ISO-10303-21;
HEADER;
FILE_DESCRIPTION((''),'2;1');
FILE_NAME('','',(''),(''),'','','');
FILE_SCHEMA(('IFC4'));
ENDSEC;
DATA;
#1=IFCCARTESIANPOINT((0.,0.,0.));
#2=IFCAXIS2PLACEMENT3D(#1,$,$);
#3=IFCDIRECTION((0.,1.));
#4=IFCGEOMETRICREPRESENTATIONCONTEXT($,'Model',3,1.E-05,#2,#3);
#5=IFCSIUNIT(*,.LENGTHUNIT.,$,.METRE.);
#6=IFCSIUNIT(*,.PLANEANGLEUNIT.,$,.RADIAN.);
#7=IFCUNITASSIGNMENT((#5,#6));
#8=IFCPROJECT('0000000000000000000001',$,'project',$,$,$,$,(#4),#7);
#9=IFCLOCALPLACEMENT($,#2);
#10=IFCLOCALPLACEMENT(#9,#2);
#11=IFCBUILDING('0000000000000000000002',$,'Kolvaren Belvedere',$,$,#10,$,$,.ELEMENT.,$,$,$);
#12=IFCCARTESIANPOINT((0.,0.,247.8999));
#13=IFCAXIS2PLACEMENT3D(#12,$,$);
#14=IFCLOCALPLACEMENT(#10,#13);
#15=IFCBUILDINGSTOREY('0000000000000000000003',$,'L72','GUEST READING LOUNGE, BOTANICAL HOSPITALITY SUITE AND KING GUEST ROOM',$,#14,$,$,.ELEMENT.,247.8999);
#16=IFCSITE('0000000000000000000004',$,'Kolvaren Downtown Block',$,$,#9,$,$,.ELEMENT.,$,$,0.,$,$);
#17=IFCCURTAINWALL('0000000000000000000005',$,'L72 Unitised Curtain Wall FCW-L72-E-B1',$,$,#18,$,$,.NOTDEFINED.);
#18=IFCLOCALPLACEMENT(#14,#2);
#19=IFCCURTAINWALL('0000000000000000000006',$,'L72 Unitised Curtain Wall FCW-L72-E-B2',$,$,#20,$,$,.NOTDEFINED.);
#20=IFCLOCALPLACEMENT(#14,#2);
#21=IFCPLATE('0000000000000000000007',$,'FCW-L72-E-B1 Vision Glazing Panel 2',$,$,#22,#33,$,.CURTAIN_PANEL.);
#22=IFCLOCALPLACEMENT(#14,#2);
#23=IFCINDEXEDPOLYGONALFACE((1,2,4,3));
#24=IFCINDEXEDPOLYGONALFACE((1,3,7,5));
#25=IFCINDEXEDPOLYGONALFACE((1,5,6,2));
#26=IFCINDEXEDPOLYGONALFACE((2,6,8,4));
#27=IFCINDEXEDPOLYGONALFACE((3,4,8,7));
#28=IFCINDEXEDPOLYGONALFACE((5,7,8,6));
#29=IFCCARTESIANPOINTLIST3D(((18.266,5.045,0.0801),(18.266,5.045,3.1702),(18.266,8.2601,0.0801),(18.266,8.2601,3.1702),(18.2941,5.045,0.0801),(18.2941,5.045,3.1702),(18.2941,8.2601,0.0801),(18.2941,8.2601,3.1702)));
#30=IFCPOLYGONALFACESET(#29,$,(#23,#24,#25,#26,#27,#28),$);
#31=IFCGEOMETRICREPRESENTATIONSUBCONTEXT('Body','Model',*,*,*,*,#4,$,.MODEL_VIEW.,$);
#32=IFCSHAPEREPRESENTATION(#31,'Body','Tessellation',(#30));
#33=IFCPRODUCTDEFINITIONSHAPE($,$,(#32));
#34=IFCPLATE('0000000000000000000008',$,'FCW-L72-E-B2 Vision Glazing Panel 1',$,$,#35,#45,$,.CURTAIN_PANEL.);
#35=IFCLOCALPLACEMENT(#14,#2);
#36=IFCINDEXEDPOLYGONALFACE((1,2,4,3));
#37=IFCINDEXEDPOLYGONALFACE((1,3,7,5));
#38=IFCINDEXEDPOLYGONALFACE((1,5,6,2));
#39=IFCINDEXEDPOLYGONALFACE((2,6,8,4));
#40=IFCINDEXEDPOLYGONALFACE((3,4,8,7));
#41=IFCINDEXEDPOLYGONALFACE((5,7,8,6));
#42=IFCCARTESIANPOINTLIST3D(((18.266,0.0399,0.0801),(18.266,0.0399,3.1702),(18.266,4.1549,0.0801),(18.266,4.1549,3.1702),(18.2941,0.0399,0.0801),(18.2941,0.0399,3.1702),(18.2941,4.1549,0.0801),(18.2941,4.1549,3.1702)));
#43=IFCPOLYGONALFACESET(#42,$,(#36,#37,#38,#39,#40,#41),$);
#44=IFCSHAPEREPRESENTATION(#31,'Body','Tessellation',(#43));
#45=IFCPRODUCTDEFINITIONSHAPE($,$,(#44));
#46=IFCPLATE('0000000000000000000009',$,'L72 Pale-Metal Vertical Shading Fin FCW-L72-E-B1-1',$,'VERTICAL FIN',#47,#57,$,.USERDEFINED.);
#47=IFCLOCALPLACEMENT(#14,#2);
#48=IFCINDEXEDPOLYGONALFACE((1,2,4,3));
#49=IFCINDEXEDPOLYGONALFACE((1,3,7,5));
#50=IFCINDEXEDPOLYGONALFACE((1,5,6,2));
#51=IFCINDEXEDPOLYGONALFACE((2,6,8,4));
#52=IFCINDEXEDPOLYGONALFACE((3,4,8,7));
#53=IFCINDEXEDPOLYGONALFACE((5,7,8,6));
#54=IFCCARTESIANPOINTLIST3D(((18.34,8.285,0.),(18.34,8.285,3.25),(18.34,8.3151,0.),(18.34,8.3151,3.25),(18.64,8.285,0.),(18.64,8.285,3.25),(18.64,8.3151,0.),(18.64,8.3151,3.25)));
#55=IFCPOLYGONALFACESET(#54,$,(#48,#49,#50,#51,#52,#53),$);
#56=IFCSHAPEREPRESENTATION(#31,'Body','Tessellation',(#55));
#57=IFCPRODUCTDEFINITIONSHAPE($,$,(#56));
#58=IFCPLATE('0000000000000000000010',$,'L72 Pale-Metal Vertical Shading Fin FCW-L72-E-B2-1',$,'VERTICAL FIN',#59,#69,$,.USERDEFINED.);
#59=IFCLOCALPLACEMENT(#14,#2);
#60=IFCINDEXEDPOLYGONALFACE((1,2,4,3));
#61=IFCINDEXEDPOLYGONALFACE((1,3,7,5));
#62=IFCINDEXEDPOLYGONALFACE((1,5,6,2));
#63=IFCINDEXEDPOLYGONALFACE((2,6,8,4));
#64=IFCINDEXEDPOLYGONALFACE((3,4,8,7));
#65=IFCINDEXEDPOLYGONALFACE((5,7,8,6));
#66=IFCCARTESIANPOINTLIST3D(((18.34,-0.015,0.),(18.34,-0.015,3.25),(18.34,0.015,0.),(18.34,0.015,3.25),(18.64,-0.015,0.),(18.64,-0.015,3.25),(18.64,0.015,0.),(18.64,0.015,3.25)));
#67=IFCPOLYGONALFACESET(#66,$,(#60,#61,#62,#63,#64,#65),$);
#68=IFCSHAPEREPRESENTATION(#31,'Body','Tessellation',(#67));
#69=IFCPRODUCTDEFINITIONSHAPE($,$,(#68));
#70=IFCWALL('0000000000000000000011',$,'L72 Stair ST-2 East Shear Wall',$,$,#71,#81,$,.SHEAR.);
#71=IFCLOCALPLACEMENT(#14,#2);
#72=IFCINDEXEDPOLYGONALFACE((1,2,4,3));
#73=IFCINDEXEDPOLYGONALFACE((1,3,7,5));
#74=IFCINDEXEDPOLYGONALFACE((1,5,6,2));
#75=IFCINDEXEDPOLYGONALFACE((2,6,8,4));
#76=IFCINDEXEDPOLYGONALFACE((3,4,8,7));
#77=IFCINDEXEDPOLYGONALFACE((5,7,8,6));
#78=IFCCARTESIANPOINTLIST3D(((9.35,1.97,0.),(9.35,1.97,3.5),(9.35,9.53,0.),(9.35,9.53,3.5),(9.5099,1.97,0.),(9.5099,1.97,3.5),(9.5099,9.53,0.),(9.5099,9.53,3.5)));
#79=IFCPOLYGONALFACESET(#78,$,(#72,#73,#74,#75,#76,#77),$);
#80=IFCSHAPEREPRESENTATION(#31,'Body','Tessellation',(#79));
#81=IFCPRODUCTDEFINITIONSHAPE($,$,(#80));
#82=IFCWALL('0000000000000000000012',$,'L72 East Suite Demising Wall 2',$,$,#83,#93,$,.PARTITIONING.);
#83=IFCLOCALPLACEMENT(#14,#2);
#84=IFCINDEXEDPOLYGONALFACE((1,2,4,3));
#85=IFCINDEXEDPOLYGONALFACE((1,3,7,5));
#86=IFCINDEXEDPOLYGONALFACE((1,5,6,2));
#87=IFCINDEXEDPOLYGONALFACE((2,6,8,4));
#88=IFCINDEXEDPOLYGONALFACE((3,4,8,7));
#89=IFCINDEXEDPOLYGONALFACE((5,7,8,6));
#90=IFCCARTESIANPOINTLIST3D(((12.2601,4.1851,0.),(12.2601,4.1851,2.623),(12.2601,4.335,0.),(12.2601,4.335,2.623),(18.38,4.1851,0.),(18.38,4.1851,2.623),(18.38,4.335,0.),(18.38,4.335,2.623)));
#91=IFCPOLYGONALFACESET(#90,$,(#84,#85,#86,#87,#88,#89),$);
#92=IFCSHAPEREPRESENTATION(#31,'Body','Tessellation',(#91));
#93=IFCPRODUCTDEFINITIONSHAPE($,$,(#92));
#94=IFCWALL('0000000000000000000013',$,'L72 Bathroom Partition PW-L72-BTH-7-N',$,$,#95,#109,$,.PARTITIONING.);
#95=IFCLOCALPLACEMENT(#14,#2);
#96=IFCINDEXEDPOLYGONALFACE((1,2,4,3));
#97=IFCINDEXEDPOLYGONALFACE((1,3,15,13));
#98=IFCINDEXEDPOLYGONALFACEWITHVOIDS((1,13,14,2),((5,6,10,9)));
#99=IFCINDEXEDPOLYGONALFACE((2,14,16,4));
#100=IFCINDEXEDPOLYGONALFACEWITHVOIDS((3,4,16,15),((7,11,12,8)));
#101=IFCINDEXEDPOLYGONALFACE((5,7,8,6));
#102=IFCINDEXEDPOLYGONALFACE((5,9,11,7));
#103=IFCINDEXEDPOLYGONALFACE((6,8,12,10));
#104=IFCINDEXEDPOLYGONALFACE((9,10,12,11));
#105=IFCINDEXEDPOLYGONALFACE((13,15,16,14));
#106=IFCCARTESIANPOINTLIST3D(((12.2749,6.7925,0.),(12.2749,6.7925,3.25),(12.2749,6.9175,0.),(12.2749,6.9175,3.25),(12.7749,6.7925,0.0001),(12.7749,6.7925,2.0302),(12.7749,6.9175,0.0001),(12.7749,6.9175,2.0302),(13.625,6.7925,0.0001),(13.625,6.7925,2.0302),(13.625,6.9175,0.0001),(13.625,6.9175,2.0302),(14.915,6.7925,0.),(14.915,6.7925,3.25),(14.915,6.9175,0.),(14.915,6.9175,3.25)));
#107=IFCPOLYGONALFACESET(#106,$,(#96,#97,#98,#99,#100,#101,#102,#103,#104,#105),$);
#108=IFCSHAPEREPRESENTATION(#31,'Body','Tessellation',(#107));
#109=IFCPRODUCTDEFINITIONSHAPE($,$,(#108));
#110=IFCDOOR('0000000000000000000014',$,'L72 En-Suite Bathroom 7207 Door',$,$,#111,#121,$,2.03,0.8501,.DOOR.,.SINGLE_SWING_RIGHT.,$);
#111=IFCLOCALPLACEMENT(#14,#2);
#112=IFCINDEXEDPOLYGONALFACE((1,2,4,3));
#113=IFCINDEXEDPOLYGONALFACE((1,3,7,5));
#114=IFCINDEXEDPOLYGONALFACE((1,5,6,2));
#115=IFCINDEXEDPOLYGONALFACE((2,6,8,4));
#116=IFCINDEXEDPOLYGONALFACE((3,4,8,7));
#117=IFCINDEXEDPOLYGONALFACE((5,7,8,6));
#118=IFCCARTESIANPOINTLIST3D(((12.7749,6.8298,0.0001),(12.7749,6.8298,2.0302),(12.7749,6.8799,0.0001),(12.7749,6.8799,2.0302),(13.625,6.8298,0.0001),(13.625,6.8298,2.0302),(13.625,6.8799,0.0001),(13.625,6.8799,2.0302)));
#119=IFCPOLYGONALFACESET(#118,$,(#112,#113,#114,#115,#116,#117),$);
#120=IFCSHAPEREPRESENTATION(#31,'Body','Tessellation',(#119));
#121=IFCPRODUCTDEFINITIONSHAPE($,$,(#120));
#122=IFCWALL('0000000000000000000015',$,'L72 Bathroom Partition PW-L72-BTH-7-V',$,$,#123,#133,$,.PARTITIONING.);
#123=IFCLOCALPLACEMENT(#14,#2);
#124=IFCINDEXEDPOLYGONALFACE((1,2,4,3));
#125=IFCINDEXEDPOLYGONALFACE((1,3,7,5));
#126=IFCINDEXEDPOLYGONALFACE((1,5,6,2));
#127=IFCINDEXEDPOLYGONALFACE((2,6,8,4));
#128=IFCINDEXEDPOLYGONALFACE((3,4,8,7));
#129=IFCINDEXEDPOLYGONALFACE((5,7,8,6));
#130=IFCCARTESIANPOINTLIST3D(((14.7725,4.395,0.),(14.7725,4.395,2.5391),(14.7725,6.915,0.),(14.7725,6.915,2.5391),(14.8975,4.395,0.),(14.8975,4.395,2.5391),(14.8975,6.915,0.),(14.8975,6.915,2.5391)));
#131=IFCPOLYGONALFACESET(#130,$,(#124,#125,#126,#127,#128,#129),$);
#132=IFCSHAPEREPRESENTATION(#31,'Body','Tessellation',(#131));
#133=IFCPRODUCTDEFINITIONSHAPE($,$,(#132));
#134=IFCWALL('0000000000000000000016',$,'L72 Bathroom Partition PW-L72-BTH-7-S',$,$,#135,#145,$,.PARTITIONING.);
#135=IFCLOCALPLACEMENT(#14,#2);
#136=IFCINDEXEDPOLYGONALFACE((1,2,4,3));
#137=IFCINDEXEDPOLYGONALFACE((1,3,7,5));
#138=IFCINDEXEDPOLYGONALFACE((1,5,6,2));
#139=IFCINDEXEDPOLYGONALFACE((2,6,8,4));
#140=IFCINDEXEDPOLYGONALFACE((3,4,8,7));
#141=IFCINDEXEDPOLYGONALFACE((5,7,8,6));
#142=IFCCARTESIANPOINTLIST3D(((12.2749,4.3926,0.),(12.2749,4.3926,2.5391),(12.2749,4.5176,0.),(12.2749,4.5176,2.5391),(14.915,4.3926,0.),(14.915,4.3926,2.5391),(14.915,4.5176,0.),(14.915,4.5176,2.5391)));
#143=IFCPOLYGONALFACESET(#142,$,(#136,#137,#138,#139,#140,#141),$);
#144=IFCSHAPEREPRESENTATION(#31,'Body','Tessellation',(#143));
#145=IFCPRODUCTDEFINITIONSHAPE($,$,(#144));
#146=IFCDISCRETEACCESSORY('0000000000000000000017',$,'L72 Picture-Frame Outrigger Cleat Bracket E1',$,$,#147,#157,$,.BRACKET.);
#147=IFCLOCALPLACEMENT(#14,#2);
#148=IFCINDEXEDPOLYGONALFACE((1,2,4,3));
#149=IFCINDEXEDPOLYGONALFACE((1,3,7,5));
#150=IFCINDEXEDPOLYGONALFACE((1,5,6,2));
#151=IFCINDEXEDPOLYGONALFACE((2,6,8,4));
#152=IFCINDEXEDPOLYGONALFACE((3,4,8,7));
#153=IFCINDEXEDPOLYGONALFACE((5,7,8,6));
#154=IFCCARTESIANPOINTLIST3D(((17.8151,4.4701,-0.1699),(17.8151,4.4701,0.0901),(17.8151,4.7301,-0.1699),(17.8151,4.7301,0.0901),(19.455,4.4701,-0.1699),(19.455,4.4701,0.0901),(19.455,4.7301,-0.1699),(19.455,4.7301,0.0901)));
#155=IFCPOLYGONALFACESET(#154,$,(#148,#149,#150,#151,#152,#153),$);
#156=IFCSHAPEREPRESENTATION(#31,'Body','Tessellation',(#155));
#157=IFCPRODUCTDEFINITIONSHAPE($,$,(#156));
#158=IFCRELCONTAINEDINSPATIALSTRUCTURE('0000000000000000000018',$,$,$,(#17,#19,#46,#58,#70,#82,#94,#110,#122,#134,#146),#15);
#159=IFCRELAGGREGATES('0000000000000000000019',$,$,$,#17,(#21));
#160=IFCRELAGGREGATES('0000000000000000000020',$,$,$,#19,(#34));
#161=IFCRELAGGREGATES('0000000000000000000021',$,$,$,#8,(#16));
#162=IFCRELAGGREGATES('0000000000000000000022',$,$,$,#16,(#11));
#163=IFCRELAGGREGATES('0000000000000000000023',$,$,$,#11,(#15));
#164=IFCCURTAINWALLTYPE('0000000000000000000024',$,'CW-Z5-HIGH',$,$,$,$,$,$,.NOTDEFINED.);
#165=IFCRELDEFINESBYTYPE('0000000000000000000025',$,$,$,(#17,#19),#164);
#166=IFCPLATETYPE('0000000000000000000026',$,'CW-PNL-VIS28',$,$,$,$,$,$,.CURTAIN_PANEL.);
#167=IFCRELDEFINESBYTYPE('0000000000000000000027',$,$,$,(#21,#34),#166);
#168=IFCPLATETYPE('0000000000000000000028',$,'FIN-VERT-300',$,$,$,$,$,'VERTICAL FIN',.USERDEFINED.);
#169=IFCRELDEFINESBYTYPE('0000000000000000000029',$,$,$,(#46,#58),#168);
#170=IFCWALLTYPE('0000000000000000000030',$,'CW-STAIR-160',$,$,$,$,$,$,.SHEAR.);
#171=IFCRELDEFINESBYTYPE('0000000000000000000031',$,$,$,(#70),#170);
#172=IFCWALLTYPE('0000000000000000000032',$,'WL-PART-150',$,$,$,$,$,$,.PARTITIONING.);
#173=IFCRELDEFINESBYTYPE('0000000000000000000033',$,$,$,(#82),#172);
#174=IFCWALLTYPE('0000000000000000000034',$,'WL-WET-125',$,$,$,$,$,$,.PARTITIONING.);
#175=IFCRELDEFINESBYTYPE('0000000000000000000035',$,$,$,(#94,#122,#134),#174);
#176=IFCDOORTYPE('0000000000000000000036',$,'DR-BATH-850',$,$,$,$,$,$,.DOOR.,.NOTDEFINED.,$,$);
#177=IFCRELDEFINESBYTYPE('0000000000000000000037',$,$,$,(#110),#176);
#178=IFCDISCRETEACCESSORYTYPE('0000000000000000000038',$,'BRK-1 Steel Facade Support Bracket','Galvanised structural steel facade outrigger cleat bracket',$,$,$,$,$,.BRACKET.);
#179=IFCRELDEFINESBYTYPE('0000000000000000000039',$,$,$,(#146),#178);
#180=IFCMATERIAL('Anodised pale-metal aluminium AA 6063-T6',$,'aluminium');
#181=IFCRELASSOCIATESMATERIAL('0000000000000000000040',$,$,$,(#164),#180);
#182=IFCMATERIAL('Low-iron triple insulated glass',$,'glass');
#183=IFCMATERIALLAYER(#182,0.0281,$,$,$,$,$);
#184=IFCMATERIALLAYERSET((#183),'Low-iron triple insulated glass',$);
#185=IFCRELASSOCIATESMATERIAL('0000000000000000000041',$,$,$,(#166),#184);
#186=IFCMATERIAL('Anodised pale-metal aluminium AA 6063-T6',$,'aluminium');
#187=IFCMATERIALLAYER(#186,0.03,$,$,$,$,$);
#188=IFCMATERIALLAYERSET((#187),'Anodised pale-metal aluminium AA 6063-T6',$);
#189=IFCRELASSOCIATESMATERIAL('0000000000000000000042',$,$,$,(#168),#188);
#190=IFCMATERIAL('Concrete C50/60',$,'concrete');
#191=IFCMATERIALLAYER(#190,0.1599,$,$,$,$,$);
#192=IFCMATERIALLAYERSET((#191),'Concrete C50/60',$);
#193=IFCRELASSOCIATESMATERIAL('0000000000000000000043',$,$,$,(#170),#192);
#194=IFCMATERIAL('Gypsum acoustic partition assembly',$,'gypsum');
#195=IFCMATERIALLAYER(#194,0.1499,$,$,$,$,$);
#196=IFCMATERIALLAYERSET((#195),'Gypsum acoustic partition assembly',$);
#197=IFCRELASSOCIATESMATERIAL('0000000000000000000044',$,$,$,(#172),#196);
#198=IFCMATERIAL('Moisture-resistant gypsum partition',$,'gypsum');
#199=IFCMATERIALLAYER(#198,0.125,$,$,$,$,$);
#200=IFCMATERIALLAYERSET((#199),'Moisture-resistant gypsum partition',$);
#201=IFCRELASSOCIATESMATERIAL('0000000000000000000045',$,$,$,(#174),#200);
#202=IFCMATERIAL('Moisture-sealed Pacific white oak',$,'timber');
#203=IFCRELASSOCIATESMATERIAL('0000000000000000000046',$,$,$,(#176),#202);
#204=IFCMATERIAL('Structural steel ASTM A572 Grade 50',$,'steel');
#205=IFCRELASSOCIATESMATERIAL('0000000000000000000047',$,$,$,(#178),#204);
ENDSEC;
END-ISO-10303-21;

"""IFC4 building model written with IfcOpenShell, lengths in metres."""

from ifc_helpers import new_model, si_unit, direction, frame, frame_2d, origin, origin_2d, place, context, subcontext, project, spatial, rectangle, extrude, material, layer, layer_set, type_object, element, fill, aggregate, save


model = new_model("IFC4")

# Units and contexts
model_context = context("Model", 3, precision=1e-05, world=origin(), true_north=direction((0.0, 1.0)))
body_context = subcontext(model_context, "Body", "Model", "MODEL_VIEW")
ifc_project = project(units=[si_unit("LENGTHUNIT", "METRE"), si_unit("PLANEANGLEUNIT", "RADIAN")], contexts=[model_context])

# Site, building, storey
site_placement = place(None, origin())
site = spatial("IfcSite", under=ifc_project, at=site_placement, Name="Kolvaren Downtown Block", CompositionType="ELEMENT", RefElevation=0.0)
building_placement = place(site_placement, origin())
building = spatial("IfcBuilding", under=site, at=building_placement, Name="Kolvaren Belvedere", CompositionType="ELEMENT")
storey_placement = place(building_placement, frame((0.0, 0.0, 247.8999)))
storey = spatial("IfcBuildingStorey", under=building, at=storey_placement, Name="L72", Description="GUEST READING LOUNGE, BOTANICAL HOSPITALITY SUITE AND KING GUEST ROOM", CompositionType="ELEMENT", Elevation=247.8999)

# Curtain walls
ifc_material_1 = material(Name="Anodised pale-metal aluminium AA 6063-T6", Category="aluminium")
curtain_wall_type = type_object("IfcCurtainWallType", Name="CW-Z5-HIGH", PredefinedType="NOTDEFINED", material=ifc_material_1)
curtain_wall_1_placement = place(storey_placement, origin())
curtain_wall_1 = element("IfcCurtainWall", 1, at=curtain_wall_1_placement, inside=storey, type_object=curtain_wall_type, Name="L72 Unitised Curtain Wall FCW-L72-E-B1", PredefinedType="NOTDEFINED")
curtain_wall_2_placement = place(storey_placement, origin())
curtain_wall_2 = element("IfcCurtainWall", 2, at=curtain_wall_2_placement, inside=storey, type_object=curtain_wall_type, Name="L72 Unitised Curtain Wall FCW-L72-E-B2", PredefinedType="NOTDEFINED")

# Plates
ifc_material_2 = material(Name="Low-iron triple insulated glass", Category="glass")
ifc_layer_1 = layer(ifc_material_2, 0.0281)
ifc_layer_set_1 = layer_set([ifc_layer_1], Name="Low-iron triple insulated glass")
plate_type_1 = type_object("IfcPlateType", Name="CW-PNL-VIS28", PredefinedType="CURTAIN_PANEL", material=ifc_layer_set_1)
plate_1_placement = place(storey_placement, frame((18.28, 6.6526, 0.0801), z_axis=(0.0, 0.0, 1.0), x_axis=(0.0, -1.0, 0.0)))
plate_1 = element("IfcPlate", 3, at=plate_1_placement, type_object=plate_type_1, Name="FCW-L72-E-B1 Vision Glazing Panel 2", PredefinedType="CURTAIN_PANEL", context=body_context, shape_type="SweptSolid", body=[
    extrude(rectangle(XDim=3.2151, YDim=0.0281, at=origin_2d()), origin(), (0.0, 0.0, 1.0), 3.0901),
])
aggregate(curtain_wall_1, [plate_1])
plate_2_placement = place(storey_placement, frame((18.28, 2.0974, 0.0801), z_axis=(0.0, 0.0, 1.0), x_axis=(0.0, -1.0, 0.0)))
plate_2 = element("IfcPlate", 4, at=plate_2_placement, type_object=plate_type_1, Name="FCW-L72-E-B2 Vision Glazing Panel 1", PredefinedType="CURTAIN_PANEL", context=body_context, shape_type="SweptSolid", body=[
    extrude(rectangle(XDim=4.115, YDim=0.0281, at=origin_2d()), origin(), (0.0, 0.0, 1.0), 3.0901),
])
aggregate(curtain_wall_2, [plate_2])

# Plates
ifc_material_3 = material(Name="Anodised pale-metal aluminium AA 6063-T6", Category="aluminium")
ifc_layer_2 = layer(ifc_material_3, 0.03)
ifc_layer_set_2 = layer_set([ifc_layer_2], Name="Anodised pale-metal aluminium AA 6063-T6")
plate_type_2 = type_object("IfcPlateType", Name="FIN-VERT-300", ElementType="VERTICAL FIN", PredefinedType="USERDEFINED", material=ifc_layer_set_2)
for number, where, z_axis, x_axis, name in (
    (5, (18.49, 8.3, 0.0), (0.0, 0.0, 1.0), (1.0, 0.0, 0.0), "L72 Pale-Metal Vertical Shading Fin FCW-L72-E-B1-1"),
    (6, (18.49, 0.0, 0.0), (0.0, 0.0, 1.0), (1.0, 0.0, 0.0), "L72 Pale-Metal Vertical Shading Fin FCW-L72-E-B2-1"),
):
    element("IfcPlate", number, at=place(storey_placement, frame(where, z_axis=z_axis, x_axis=x_axis)), inside=storey, type_object=plate_type_2, Name=name, ObjectType="VERTICAL FIN", PredefinedType="USERDEFINED", context=body_context, shape_type="SweptSolid", body=[
        extrude(rectangle(XDim=0.3, YDim=0.03, at=origin_2d()), origin(), (0.0, 0.0, 1.0), 3.25),
    ])

# Walls
ifc_material_4 = material(Name="Concrete C50/60", Category="concrete")
ifc_layer_3 = layer(ifc_material_4, 0.1599)
ifc_layer_set_3 = layer_set([ifc_layer_3], Name="Concrete C50/60")
wall_type_1 = type_object("IfcWallType", Name="CW-STAIR-160", PredefinedType="SHEAR", material=ifc_layer_set_3)
wall_1_placement = place(storey_placement, frame((9.4299, 1.97, 0.0), z_axis=(0.0, 0.0, 1.0), x_axis=(0.0, 1.0, 0.0)))
element("IfcWall", 7, at=wall_1_placement, inside=storey, type_object=wall_type_1, Name="L72 Stair ST-2 East Shear Wall", PredefinedType="SHEAR", context=body_context, shape_type="SweptSolid", body=[
    extrude(rectangle(XDim=7.5601, YDim=0.1599, at=frame_2d((3.78, 0.0))), origin(), (0.0, 0.0, 1.0), 3.5),
])
ifc_material_5 = material(Name="Gypsum acoustic partition assembly", Category="gypsum")
ifc_layer_4 = layer(ifc_material_5, 0.1499)
ifc_layer_set_4 = layer_set([ifc_layer_4], Name="Gypsum acoustic partition assembly")
wall_type_2 = type_object("IfcWallType", Name="WL-PART-150", PredefinedType="PARTITIONING", material=ifc_layer_set_4)
wall_2_placement = place(storey_placement, frame((12.26, 4.26, 0.0), z_axis=(0.0, 0.0, 1.0), x_axis=(1.0, 0.0, 0.0)))
element("IfcWall", 8, at=wall_2_placement, inside=storey, type_object=wall_type_2, Name="L72 East Suite Demising Wall 2", PredefinedType="PARTITIONING", context=body_context, shape_type="SweptSolid", body=[
    extrude(rectangle(XDim=6.1199, YDim=0.1499, at=frame_2d((3.0601, 0.0))), origin(), (0.0, 0.0, 1.0), 2.623),
])

# Wall, opening, door
ifc_material_6 = material(Name="Moisture-resistant gypsum partition", Category="gypsum")
ifc_layer_5 = layer(ifc_material_6, 0.125)
ifc_layer_set_5 = layer_set([ifc_layer_5], Name="Moisture-resistant gypsum partition")
wall_type_3 = type_object("IfcWallType", Name="WL-WET-125", PredefinedType="PARTITIONING", material=ifc_layer_set_5)
wall_3_placement = place(storey_placement, frame((12.2749, 6.855, 0.0), z_axis=(0.0, 0.0, 1.0), x_axis=(1.0, 0.0, 0.0)))
wall_3 = element("IfcWall", 9, at=wall_3_placement, inside=storey, type_object=wall_type_3, Name="L72 Bathroom Partition PW-L72-BTH-7-N", PredefinedType="PARTITIONING", context=body_context, shape_type="SweptSolid", body=[
    extrude(rectangle(XDim=2.6401, YDim=0.125, at=frame_2d((1.3201, 0.0))), origin(), (0.0, 0.0, 1.0), 3.25),
])
opening_placement = place(wall_3_placement, frame((0.5, 0.0, 0.0)))
opening = element("IfcOpeningElement", 10, at=opening_placement, cuts=wall_3, PredefinedType="OPENING", context=body_context, shape_type="SweptSolid", body=[
    extrude(rectangle(XDim=0.8501, YDim=2.03, at=frame_2d((0.425, 1.0151))), frame((0.0, 0.0725, 0.0), z_axis=(0.0, -1.0, 0.0), x_axis=(1.0, 0.0, 0.0)), (0.0, 0.0, 1.0), 0.145),
])
ifc_material_7 = material(Name="Moisture-sealed Pacific white oak", Category="timber")
door_type = type_object("IfcDoorType", Name="DR-BATH-850", OperationType="NOTDEFINED", PredefinedType="DOOR", material=ifc_material_7)
door_placement = place(opening_placement, origin())
door = element("IfcDoor", 11, at=door_placement, inside=storey, type_object=door_type, Name="L72 En-Suite Bathroom 7207 Door", OperationType="SINGLE_SWING_RIGHT", OverallHeight=2.03, OverallWidth=0.8501, PredefinedType="DOOR", context=body_context, shape_type="SweptSolid", body=[
    extrude(rectangle(XDim=0.8501, YDim=2.03, at=frame_2d((0.425, 1.0151))), frame((0.0, 0.0249, 0.0), z_axis=(0.0, -1.0, 0.0), x_axis=(1.0, 0.0, 0.0)), (0.0, 0.0, 1.0), 0.05),
])
fill(opening, door)

# Walls
wall_4_placement = place(storey_placement, frame((14.835, 4.395, 0.0), z_axis=(0.0, 0.0, 1.0), x_axis=(0.0, 1.0, 0.0)))
element("IfcWall", 12, at=wall_4_placement, inside=storey, type_object=wall_type_3, Name="L72 Bathroom Partition PW-L72-BTH-7-V", PredefinedType="PARTITIONING", context=body_context, shape_type="SweptSolid", body=[
    extrude(rectangle(XDim=2.52, YDim=0.125, at=frame_2d((1.26, 0.0))), origin(), (0.0, 0.0, 1.0), 2.5391),
])
wall_5_placement = place(storey_placement, frame((12.2749, 4.4551, 0.0), z_axis=(0.0, 0.0, 1.0), x_axis=(1.0, 0.0, 0.0)))
element("IfcWall", 13, at=wall_5_placement, inside=storey, type_object=wall_type_3, Name="L72 Bathroom Partition PW-L72-BTH-7-S", PredefinedType="PARTITIONING", context=body_context, shape_type="SweptSolid", body=[
    extrude(rectangle(XDim=2.6401, YDim=0.125, at=frame_2d((1.3201, 0.0))), origin(), (0.0, 0.0, 1.0), 2.5391),
])

# Discrete accessory
ifc_material_8 = material(Name="Structural steel ASTM A572 Grade 50", Category="steel")
discrete_accessory_type = type_object("IfcDiscreteAccessoryType", Name="BRK-1 Steel Facade Support Bracket", Description="Galvanised structural steel facade outrigger cleat bracket", PredefinedType="BRACKET", material=ifc_material_8)
discrete_accessory_placement = place(storey_placement, frame((18.635, 4.6001, -0.1699), z_axis=(0.0, 0.0, 1.0), x_axis=(1.0, 0.0, 0.0)))
element("IfcDiscreteAccessory", 14, at=discrete_accessory_placement, inside=storey, type_object=discrete_accessory_type, Name="L72 Picture-Frame Outrigger Cleat Bracket E1", PredefinedType="BRACKET", context=body_context, shape_type="SweptSolid", body=[
    extrude(rectangle(XDim=1.6399, YDim=0.26, at=origin_2d()), origin(), (0.0, 0.0, 1.0), 0.26),
])

save(model, "model.ifc")
